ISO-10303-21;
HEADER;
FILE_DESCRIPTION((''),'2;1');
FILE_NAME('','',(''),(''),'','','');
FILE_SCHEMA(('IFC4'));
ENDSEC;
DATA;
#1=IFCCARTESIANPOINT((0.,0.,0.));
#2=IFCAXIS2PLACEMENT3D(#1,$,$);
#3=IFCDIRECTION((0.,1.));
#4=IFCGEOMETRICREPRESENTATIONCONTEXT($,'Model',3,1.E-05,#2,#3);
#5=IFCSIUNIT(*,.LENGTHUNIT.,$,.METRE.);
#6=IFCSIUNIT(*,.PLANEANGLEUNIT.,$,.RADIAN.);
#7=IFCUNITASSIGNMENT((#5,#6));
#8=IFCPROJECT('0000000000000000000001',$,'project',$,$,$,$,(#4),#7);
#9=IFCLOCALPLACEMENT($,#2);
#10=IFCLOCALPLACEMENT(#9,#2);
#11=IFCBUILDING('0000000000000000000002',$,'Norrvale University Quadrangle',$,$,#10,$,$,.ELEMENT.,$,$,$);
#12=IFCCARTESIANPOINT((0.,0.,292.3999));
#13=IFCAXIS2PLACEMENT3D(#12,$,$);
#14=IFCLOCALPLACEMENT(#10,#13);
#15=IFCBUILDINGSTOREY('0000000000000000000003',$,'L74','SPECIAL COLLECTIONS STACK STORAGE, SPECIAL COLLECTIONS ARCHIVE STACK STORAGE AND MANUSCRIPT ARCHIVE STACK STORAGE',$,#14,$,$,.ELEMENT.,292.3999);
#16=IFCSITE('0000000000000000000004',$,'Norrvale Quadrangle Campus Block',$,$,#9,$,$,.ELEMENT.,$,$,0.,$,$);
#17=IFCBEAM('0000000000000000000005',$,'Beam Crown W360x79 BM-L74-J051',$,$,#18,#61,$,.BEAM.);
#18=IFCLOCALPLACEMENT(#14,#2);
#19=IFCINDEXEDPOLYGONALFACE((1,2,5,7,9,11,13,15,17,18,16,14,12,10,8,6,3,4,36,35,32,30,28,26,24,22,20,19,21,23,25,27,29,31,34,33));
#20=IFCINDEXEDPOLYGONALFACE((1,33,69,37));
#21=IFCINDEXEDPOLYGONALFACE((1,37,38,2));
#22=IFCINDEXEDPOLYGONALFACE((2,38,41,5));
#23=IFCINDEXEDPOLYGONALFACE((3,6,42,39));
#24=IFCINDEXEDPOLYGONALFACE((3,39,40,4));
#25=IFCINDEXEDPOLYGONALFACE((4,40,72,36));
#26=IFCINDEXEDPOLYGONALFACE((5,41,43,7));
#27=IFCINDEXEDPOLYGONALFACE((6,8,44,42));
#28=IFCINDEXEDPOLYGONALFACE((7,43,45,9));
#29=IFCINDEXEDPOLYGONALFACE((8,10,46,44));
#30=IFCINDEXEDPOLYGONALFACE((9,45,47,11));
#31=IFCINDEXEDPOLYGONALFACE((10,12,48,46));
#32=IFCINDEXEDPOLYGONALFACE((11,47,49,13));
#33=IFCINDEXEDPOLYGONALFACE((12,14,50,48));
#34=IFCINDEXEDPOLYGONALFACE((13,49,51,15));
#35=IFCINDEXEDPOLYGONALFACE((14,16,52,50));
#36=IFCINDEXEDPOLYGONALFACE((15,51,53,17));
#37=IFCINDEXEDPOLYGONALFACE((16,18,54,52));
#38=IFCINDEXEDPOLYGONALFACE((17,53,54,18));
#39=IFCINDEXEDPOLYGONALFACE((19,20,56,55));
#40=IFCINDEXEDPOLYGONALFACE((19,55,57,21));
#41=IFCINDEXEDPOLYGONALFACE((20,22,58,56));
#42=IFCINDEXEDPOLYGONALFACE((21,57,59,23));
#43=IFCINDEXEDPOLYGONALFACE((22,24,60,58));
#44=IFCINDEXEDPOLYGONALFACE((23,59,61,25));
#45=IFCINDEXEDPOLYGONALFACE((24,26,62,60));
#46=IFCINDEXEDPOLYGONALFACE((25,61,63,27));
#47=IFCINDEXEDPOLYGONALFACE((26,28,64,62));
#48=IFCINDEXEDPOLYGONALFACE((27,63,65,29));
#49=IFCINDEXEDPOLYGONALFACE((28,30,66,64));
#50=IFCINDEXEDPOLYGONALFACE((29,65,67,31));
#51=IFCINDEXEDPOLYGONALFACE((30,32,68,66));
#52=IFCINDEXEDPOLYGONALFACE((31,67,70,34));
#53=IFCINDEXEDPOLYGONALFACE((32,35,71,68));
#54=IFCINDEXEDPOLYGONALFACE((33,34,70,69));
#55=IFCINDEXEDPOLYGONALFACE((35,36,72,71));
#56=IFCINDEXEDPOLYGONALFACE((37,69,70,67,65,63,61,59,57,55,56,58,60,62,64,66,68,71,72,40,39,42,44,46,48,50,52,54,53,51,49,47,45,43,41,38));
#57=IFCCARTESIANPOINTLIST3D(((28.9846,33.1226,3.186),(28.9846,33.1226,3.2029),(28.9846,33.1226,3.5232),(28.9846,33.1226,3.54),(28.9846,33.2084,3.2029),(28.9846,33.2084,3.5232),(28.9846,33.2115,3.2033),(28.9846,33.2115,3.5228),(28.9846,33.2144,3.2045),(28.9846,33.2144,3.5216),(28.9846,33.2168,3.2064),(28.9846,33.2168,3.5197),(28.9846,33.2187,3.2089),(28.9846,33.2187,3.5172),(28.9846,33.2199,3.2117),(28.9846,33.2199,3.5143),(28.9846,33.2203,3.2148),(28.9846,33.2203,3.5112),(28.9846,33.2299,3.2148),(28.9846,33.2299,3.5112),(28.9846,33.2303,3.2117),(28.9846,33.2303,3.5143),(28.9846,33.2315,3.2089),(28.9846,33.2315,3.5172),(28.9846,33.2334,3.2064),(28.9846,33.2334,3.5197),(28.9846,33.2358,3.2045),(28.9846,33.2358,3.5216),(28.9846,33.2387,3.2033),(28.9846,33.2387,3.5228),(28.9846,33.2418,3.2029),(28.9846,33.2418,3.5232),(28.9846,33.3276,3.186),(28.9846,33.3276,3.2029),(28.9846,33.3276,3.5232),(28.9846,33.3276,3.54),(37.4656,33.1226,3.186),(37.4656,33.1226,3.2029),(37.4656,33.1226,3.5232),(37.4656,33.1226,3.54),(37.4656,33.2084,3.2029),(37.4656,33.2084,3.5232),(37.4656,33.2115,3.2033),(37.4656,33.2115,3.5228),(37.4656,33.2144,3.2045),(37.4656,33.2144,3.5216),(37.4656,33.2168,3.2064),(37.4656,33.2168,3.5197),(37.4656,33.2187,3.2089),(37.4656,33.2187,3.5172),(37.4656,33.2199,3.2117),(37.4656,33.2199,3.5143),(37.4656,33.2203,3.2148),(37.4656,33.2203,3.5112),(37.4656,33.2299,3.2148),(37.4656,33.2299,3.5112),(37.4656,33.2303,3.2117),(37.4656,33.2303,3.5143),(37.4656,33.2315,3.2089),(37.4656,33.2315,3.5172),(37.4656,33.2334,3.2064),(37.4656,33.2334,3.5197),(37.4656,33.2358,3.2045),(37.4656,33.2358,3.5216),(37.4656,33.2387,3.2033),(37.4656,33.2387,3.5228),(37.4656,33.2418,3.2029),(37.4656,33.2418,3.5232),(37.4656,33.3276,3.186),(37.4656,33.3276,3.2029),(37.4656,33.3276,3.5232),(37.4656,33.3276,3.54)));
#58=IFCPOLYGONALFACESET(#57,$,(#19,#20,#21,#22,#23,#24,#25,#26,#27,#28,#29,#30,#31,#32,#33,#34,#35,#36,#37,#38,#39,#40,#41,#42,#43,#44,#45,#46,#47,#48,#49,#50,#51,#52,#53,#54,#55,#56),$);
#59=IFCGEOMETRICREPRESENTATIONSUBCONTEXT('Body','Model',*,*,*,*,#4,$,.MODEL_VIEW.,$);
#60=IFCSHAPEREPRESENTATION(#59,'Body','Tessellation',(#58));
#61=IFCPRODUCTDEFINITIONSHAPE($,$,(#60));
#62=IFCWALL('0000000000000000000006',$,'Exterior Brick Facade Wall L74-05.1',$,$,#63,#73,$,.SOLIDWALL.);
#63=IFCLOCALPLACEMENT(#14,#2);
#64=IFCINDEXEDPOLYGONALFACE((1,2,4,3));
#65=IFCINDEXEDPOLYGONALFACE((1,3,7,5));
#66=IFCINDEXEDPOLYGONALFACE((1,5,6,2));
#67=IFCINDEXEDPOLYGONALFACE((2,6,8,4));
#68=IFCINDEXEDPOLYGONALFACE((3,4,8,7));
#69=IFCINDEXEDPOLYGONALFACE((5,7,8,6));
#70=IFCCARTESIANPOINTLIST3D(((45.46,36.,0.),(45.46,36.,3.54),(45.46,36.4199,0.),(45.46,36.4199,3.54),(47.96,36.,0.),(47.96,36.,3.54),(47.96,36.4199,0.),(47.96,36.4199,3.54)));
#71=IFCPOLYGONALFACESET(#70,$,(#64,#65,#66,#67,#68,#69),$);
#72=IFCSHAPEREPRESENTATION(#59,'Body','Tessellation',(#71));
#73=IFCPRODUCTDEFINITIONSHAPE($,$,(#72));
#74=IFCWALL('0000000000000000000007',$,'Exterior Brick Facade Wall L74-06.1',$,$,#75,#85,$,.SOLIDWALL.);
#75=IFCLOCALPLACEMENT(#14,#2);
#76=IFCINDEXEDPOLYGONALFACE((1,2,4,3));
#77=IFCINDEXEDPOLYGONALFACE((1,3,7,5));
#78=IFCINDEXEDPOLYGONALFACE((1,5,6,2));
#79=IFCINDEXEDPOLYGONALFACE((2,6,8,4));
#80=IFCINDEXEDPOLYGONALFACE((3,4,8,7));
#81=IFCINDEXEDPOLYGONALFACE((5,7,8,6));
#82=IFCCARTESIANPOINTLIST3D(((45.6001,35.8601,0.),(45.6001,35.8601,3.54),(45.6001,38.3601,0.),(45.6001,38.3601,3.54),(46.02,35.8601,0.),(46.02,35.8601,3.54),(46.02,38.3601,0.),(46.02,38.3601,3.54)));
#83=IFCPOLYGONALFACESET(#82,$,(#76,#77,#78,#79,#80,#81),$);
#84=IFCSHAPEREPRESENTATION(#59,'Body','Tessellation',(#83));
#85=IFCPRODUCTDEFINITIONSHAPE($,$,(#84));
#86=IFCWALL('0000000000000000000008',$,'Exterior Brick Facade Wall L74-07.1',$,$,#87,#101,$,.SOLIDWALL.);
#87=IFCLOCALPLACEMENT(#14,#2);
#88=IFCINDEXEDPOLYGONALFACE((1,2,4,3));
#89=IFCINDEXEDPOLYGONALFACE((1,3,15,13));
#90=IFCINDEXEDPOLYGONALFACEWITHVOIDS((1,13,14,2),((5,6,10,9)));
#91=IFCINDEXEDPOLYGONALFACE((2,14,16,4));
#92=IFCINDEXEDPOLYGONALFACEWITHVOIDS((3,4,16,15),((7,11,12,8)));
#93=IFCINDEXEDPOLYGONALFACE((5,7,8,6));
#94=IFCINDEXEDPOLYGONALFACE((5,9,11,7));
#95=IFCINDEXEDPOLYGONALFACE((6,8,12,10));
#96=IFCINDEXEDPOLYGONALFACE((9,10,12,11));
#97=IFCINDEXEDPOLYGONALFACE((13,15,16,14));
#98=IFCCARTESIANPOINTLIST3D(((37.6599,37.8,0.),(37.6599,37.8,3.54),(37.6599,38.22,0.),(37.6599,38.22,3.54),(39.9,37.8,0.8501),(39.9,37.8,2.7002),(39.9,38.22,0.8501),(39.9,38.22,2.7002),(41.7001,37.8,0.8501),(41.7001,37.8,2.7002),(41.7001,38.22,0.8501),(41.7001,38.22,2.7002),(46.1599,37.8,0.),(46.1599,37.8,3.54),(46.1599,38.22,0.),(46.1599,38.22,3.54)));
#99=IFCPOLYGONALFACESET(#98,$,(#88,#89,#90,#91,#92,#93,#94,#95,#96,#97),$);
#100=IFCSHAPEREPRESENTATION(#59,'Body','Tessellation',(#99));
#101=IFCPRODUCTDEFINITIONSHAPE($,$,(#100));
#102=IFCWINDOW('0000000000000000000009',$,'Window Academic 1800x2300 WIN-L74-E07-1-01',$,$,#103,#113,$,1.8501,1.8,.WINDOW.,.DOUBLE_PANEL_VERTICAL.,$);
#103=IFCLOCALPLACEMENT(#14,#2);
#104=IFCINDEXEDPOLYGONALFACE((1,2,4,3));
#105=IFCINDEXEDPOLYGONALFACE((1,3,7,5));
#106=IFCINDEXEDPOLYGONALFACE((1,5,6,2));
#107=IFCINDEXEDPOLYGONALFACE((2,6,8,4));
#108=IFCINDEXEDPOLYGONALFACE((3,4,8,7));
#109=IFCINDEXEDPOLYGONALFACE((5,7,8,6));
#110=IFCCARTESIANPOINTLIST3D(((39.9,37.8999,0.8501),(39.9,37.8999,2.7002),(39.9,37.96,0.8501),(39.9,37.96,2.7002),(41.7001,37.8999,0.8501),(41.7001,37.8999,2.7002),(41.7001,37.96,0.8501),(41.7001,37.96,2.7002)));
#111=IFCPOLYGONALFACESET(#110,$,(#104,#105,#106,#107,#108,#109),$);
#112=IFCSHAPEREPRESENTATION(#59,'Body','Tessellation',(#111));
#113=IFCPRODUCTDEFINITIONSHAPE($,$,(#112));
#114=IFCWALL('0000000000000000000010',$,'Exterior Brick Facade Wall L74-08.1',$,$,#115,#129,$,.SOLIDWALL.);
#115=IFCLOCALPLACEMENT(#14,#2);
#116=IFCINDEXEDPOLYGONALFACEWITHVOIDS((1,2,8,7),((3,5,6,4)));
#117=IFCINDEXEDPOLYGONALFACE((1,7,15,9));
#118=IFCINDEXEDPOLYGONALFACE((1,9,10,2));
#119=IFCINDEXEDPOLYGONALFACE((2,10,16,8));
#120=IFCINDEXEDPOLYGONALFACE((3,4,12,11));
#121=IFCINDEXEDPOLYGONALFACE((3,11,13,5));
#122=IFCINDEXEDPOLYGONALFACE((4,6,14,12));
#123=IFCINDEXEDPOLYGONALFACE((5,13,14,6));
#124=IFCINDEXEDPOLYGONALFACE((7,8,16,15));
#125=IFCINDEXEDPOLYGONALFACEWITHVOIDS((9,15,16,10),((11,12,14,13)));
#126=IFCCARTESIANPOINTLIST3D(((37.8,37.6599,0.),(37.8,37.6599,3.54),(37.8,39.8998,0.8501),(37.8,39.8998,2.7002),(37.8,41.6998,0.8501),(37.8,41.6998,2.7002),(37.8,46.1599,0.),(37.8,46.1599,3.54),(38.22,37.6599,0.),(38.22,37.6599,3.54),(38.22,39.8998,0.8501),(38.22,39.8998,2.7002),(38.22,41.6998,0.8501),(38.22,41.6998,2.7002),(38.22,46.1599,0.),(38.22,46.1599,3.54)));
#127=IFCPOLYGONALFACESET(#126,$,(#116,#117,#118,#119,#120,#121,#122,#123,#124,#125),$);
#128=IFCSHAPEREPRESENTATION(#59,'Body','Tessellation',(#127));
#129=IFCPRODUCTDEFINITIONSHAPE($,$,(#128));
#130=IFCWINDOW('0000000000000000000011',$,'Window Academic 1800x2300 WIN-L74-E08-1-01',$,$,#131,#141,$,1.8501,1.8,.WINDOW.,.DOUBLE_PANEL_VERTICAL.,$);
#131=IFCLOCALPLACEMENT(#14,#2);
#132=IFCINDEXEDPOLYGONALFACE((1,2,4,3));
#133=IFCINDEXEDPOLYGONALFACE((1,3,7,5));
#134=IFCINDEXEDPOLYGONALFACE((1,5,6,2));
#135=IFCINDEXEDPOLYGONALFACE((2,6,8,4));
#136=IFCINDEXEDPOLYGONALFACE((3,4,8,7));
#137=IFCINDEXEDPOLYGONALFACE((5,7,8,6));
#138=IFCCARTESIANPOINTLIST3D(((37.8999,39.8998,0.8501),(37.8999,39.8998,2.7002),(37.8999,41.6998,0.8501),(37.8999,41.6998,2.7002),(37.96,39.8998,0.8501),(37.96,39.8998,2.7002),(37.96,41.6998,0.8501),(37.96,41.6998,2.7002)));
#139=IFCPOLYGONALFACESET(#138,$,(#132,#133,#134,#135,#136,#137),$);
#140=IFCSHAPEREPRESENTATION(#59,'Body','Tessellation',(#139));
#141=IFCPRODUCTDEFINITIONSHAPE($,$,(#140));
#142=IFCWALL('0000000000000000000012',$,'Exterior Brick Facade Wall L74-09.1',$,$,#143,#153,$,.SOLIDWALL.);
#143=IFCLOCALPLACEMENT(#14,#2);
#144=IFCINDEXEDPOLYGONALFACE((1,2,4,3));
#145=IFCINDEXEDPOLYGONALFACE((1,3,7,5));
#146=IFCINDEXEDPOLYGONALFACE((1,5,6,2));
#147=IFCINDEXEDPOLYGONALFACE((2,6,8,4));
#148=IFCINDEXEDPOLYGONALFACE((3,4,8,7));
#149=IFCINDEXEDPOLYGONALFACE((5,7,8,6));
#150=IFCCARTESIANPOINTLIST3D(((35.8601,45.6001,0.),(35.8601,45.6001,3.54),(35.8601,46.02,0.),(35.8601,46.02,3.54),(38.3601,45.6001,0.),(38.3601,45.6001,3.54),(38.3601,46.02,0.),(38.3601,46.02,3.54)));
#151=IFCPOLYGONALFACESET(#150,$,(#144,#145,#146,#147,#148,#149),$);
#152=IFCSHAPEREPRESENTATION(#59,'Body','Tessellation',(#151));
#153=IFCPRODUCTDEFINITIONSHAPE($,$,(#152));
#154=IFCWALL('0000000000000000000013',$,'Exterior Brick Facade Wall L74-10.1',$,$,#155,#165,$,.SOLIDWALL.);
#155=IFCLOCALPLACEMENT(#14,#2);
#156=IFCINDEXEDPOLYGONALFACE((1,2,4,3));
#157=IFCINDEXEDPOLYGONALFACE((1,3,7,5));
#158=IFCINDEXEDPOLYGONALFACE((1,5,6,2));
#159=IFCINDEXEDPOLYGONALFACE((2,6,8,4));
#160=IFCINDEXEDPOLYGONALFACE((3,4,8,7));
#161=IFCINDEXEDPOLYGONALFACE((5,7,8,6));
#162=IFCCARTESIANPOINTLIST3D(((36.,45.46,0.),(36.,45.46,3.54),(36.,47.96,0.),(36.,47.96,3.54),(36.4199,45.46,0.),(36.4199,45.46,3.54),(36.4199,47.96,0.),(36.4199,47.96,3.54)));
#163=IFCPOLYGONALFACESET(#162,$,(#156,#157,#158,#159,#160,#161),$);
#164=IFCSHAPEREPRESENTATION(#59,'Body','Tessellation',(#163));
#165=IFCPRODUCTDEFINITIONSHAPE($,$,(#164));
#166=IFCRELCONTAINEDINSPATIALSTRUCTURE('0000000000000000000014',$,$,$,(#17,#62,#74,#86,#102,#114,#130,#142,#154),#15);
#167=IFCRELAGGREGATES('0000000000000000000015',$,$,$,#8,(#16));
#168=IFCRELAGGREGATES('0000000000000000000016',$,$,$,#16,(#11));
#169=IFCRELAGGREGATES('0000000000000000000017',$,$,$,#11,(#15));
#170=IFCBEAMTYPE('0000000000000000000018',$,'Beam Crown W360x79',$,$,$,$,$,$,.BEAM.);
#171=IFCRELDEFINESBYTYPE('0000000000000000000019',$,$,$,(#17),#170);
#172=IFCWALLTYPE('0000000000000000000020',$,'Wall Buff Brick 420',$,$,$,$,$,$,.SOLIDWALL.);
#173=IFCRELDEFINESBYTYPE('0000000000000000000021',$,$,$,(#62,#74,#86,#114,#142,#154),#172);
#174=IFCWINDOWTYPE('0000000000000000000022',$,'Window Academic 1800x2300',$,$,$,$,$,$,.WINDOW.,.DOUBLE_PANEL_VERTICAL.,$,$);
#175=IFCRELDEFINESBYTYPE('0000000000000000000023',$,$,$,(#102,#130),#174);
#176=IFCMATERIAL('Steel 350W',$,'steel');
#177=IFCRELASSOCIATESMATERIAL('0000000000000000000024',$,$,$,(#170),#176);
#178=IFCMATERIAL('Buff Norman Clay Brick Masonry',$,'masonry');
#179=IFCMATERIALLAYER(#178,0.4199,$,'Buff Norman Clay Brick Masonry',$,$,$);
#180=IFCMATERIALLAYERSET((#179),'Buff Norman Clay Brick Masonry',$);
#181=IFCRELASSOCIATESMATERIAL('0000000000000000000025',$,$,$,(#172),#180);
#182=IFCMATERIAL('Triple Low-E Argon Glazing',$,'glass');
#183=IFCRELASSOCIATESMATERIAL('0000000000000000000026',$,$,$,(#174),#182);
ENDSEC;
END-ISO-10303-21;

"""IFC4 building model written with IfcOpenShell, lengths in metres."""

from ifc_helpers import new_model, si_unit, direction, frame, frame_2d, origin, origin_2d, place, context, subcontext, project, spatial, rectangle, i_section, extrude, material, layer, layer_set, material_profile, profile_set, type_object, element, fill, save


model = new_model("IFC4")

# Units and contexts
model_context = context("Model", 3, precision=1e-05, world=origin(), true_north=direction((0.0, 1.0)))
body_context = subcontext(model_context, "Body", "Model", "MODEL_VIEW")
ifc_project = project(units=[si_unit("LENGTHUNIT", "METRE"), si_unit("PLANEANGLEUNIT", "RADIAN")], contexts=[model_context])

# Site, building, storey
site_placement = place(None, origin())
site = spatial("IfcSite", under=ifc_project, at=site_placement, Name="Norrvale Quadrangle Campus Block", CompositionType="ELEMENT", RefElevation=0.0)
building_placement = place(site_placement, origin())
building = spatial("IfcBuilding", under=site, at=building_placement, Name="Norrvale University Quadrangle", CompositionType="ELEMENT")
storey_placement = place(building_placement, frame((0.0, 0.0, 292.3999)))
storey = spatial("IfcBuildingStorey", under=building, at=storey_placement, Name="L74", Description="SPECIAL COLLECTIONS STACK STORAGE, SPECIAL COLLECTIONS ARCHIVE STACK STORAGE AND MANUSCRIPT ARCHIVE STACK STORAGE", CompositionType="ELEMENT", Elevation=292.3999)

# Beam
ifc_material_1 = material(Name="Steel 350W", Category="steel")
ifc_material_profile_1 = material_profile(ifc_material_1, i_section(OverallWidth=0.2051, OverallDepth=0.354, WebThickness=0.0095, FlangeThickness=0.0168, FilletRadius=0.012, at=origin_2d()), Name="Steel 350W")
ifc_profile_set_1 = profile_set([ifc_material_profile_1], Name="Steel 350W")
beam_type_1 = type_object("IfcBeamType", Name="Beam Crown W360x79", PredefinedType="BEAM", material=ifc_profile_set_1)
beam_1_placement = place(storey_placement, frame((28.9846, 33.2251, 3.363), z_axis=(1.0, 0.0, 0.0), x_axis=(0.0, 1.0, 0.0)))
element("IfcBeam", 1, at=beam_1_placement, inside=storey, type_object=beam_type_1, Name="Beam Crown W360x79 BM-L74-J051", PredefinedType="BEAM", context=body_context, shape_type="SweptSolid", body=[
    extrude(i_section(OverallWidth=0.2051, OverallDepth=0.354, WebThickness=0.0095, FlangeThickness=0.0168, FilletRadius=0.012, at=origin_2d()), origin(), (0.0, 0.0, 1.0), 8.481),
])

# Walls
ifc_material_2 = material(Name="Buff Norman Clay Brick Masonry", Category="masonry")
ifc_layer_1 = layer(ifc_material_2, 0.4199, Name="Buff Norman Clay Brick Masonry")
ifc_layer_set_1 = layer_set([ifc_layer_1], Name="Buff Norman Clay Brick Masonry")
wall_type_1 = type_object("IfcWallType", Name="Wall Buff Brick 420", PredefinedType="SOLIDWALL", material=ifc_layer_set_1)
for number, where, z_axis, x_axis, name in (
    (2, (47.96, 36.21, 0.0), (0.0, 0.0, 1.0), (-1.0, 0.0, 0.0), "Exterior Brick Facade Wall L74-05.1"),
    (3, (45.8101, 35.8601, 0.0), (0.0, 0.0, 1.0), (0.0, 1.0, 0.0), "Exterior Brick Facade Wall L74-06.1"),
):
    element("IfcWall", number, at=place(storey_placement, frame(where, z_axis=z_axis, x_axis=x_axis)), inside=storey, type_object=wall_type_1, Name=name, PredefinedType="SOLIDWALL", context=body_context, shape_type="SweptSolid", body=[
        extrude(rectangle(XDim=2.5, YDim=0.4199, at=frame_2d((1.25, 0.0))), origin(), (0.0, 0.0, 1.0), 3.54),
    ])

# Walls, openings, windows
wall_1_placement = place(storey_placement, frame((46.1599, 38.01, 0.0), z_axis=(0.0, 0.0, 1.0), x_axis=(-1.0, 0.0, 0.0)))
wall_1 = element("IfcWall", 4, at=wall_1_placement, inside=storey, type_object=wall_type_1, Name="Exterior Brick Facade Wall L74-07.1", PredefinedType="SOLIDWALL", context=body_context, shape_type="SweptSolid", body=[
    extrude(rectangle(XDim=8.5, YDim=0.4199, at=frame_2d((4.25, 0.0))), origin(), (0.0, 0.0, 1.0), 3.54),
])
opening_1_placement = place(wall_1_placement, frame((4.46, 0.0, 0.8501)))
opening_1 = element("IfcOpeningElement", 5, at=opening_1_placement, cuts=wall_1, PredefinedType="OPENING", context=body_context, shape_type="SweptSolid", body=[
    extrude(rectangle(XDim=1.8, YDim=1.8501, at=frame_2d((0.8999, 0.925))), frame((0.0, 0.2219, 0.0), z_axis=(0.0, -1.0, 0.0), x_axis=(1.0, 0.0, 0.0)), (0.0, 0.0, 1.0), 0.4438),
])
ifc_material_3 = material(Name="Triple Low-E Argon Glazing", Category="glass")
window_type_1 = type_object("IfcWindowType", Name="Window Academic 1800x2300", PartitioningType="DOUBLE_PANEL_VERTICAL", PredefinedType="WINDOW", material=ifc_material_3)
window_1_placement = place(opening_1_placement, origin())
window_1 = element("IfcWindow", 6, at=window_1_placement, inside=storey, type_object=window_type_1, Name="Window Academic 1800x2300 WIN-L74-E07-1-01", OverallHeight=1.8501, OverallWidth=1.8, PartitioningType="DOUBLE_PANEL_VERTICAL", PredefinedType="WINDOW", context=body_context, shape_type="SweptSolid", body=[
    extrude(rectangle(XDim=1.8, YDim=1.8501, at=frame_2d((0.8999, 0.925))), frame((0.0, 0.1101, 0.0), z_axis=(0.0, -1.0, 0.0), x_axis=(1.0, 0.0, 0.0)), (0.0, 0.0, 1.0), 0.0601),
])
fill(opening_1, window_1)
wall_2_placement = place(storey_placement, frame((38.01, 37.6599, 0.0), z_axis=(0.0, 0.0, 1.0), x_axis=(0.0, 1.0, 0.0)))
wall_2 = element("IfcWall", 7, at=wall_2_placement, inside=storey, type_object=wall_type_1, Name="Exterior Brick Facade Wall L74-08.1", PredefinedType="SOLIDWALL", context=body_context, shape_type="SweptSolid", body=[
    extrude(rectangle(XDim=8.5, YDim=0.4199, at=frame_2d((4.25, 0.0))), origin(), (0.0, 0.0, 1.0), 3.54),
])
opening_2_placement = place(wall_2_placement, frame((2.24, 0.0, 0.8501)))
opening_2 = element("IfcOpeningElement", 8, at=opening_2_placement, cuts=wall_2, PredefinedType="OPENING", context=body_context, shape_type="SweptSolid", body=[
    extrude(rectangle(XDim=1.8, YDim=1.8501, at=frame_2d((0.8999, 0.925))), frame((0.0, 0.2219, 0.0), z_axis=(0.0, -1.0, 0.0), x_axis=(1.0, 0.0, 0.0)), (0.0, 0.0, 1.0), 0.4438),
])
window_2_placement = place(opening_2_placement, origin())
window_2 = element("IfcWindow", 9, at=window_2_placement, inside=storey, type_object=window_type_1, Name="Window Academic 1800x2300 WIN-L74-E08-1-01", OverallHeight=1.8501, OverallWidth=1.8, PartitioningType="DOUBLE_PANEL_VERTICAL", PredefinedType="WINDOW", context=body_context, shape_type="SweptSolid", body=[
    extrude(rectangle(XDim=1.8, YDim=1.8501, at=frame_2d((0.8999, 0.925))), frame((0.0, 0.1101, 0.0), z_axis=(0.0, -1.0, 0.0), x_axis=(1.0, 0.0, 0.0)), (0.0, 0.0, 1.0), 0.0601),
])
fill(opening_2, window_2)

# Walls
for number, where, z_axis, x_axis, name in (
    (10, (38.3601, 45.8101, 0.0), (0.0, 0.0, 1.0), (-1.0, 0.0, 0.0), "Exterior Brick Facade Wall L74-09.1"),
    (11, (36.21, 45.46, 0.0), (0.0, 0.0, 1.0), (0.0, 1.0, 0.0), "Exterior Brick Facade Wall L74-10.1"),
):
    element("IfcWall", number, at=place(storey_placement, frame(where, z_axis=z_axis, x_axis=x_axis)), inside=storey, type_object=wall_type_1, Name=name, PredefinedType="SOLIDWALL", context=body_context, shape_type="SweptSolid", body=[
        extrude(rectangle(XDim=2.5, YDim=0.4199, at=frame_2d((1.25, 0.0))), origin(), (0.0, 0.0, 1.0), 3.54),
    ])

save(model, "model.ifc")
